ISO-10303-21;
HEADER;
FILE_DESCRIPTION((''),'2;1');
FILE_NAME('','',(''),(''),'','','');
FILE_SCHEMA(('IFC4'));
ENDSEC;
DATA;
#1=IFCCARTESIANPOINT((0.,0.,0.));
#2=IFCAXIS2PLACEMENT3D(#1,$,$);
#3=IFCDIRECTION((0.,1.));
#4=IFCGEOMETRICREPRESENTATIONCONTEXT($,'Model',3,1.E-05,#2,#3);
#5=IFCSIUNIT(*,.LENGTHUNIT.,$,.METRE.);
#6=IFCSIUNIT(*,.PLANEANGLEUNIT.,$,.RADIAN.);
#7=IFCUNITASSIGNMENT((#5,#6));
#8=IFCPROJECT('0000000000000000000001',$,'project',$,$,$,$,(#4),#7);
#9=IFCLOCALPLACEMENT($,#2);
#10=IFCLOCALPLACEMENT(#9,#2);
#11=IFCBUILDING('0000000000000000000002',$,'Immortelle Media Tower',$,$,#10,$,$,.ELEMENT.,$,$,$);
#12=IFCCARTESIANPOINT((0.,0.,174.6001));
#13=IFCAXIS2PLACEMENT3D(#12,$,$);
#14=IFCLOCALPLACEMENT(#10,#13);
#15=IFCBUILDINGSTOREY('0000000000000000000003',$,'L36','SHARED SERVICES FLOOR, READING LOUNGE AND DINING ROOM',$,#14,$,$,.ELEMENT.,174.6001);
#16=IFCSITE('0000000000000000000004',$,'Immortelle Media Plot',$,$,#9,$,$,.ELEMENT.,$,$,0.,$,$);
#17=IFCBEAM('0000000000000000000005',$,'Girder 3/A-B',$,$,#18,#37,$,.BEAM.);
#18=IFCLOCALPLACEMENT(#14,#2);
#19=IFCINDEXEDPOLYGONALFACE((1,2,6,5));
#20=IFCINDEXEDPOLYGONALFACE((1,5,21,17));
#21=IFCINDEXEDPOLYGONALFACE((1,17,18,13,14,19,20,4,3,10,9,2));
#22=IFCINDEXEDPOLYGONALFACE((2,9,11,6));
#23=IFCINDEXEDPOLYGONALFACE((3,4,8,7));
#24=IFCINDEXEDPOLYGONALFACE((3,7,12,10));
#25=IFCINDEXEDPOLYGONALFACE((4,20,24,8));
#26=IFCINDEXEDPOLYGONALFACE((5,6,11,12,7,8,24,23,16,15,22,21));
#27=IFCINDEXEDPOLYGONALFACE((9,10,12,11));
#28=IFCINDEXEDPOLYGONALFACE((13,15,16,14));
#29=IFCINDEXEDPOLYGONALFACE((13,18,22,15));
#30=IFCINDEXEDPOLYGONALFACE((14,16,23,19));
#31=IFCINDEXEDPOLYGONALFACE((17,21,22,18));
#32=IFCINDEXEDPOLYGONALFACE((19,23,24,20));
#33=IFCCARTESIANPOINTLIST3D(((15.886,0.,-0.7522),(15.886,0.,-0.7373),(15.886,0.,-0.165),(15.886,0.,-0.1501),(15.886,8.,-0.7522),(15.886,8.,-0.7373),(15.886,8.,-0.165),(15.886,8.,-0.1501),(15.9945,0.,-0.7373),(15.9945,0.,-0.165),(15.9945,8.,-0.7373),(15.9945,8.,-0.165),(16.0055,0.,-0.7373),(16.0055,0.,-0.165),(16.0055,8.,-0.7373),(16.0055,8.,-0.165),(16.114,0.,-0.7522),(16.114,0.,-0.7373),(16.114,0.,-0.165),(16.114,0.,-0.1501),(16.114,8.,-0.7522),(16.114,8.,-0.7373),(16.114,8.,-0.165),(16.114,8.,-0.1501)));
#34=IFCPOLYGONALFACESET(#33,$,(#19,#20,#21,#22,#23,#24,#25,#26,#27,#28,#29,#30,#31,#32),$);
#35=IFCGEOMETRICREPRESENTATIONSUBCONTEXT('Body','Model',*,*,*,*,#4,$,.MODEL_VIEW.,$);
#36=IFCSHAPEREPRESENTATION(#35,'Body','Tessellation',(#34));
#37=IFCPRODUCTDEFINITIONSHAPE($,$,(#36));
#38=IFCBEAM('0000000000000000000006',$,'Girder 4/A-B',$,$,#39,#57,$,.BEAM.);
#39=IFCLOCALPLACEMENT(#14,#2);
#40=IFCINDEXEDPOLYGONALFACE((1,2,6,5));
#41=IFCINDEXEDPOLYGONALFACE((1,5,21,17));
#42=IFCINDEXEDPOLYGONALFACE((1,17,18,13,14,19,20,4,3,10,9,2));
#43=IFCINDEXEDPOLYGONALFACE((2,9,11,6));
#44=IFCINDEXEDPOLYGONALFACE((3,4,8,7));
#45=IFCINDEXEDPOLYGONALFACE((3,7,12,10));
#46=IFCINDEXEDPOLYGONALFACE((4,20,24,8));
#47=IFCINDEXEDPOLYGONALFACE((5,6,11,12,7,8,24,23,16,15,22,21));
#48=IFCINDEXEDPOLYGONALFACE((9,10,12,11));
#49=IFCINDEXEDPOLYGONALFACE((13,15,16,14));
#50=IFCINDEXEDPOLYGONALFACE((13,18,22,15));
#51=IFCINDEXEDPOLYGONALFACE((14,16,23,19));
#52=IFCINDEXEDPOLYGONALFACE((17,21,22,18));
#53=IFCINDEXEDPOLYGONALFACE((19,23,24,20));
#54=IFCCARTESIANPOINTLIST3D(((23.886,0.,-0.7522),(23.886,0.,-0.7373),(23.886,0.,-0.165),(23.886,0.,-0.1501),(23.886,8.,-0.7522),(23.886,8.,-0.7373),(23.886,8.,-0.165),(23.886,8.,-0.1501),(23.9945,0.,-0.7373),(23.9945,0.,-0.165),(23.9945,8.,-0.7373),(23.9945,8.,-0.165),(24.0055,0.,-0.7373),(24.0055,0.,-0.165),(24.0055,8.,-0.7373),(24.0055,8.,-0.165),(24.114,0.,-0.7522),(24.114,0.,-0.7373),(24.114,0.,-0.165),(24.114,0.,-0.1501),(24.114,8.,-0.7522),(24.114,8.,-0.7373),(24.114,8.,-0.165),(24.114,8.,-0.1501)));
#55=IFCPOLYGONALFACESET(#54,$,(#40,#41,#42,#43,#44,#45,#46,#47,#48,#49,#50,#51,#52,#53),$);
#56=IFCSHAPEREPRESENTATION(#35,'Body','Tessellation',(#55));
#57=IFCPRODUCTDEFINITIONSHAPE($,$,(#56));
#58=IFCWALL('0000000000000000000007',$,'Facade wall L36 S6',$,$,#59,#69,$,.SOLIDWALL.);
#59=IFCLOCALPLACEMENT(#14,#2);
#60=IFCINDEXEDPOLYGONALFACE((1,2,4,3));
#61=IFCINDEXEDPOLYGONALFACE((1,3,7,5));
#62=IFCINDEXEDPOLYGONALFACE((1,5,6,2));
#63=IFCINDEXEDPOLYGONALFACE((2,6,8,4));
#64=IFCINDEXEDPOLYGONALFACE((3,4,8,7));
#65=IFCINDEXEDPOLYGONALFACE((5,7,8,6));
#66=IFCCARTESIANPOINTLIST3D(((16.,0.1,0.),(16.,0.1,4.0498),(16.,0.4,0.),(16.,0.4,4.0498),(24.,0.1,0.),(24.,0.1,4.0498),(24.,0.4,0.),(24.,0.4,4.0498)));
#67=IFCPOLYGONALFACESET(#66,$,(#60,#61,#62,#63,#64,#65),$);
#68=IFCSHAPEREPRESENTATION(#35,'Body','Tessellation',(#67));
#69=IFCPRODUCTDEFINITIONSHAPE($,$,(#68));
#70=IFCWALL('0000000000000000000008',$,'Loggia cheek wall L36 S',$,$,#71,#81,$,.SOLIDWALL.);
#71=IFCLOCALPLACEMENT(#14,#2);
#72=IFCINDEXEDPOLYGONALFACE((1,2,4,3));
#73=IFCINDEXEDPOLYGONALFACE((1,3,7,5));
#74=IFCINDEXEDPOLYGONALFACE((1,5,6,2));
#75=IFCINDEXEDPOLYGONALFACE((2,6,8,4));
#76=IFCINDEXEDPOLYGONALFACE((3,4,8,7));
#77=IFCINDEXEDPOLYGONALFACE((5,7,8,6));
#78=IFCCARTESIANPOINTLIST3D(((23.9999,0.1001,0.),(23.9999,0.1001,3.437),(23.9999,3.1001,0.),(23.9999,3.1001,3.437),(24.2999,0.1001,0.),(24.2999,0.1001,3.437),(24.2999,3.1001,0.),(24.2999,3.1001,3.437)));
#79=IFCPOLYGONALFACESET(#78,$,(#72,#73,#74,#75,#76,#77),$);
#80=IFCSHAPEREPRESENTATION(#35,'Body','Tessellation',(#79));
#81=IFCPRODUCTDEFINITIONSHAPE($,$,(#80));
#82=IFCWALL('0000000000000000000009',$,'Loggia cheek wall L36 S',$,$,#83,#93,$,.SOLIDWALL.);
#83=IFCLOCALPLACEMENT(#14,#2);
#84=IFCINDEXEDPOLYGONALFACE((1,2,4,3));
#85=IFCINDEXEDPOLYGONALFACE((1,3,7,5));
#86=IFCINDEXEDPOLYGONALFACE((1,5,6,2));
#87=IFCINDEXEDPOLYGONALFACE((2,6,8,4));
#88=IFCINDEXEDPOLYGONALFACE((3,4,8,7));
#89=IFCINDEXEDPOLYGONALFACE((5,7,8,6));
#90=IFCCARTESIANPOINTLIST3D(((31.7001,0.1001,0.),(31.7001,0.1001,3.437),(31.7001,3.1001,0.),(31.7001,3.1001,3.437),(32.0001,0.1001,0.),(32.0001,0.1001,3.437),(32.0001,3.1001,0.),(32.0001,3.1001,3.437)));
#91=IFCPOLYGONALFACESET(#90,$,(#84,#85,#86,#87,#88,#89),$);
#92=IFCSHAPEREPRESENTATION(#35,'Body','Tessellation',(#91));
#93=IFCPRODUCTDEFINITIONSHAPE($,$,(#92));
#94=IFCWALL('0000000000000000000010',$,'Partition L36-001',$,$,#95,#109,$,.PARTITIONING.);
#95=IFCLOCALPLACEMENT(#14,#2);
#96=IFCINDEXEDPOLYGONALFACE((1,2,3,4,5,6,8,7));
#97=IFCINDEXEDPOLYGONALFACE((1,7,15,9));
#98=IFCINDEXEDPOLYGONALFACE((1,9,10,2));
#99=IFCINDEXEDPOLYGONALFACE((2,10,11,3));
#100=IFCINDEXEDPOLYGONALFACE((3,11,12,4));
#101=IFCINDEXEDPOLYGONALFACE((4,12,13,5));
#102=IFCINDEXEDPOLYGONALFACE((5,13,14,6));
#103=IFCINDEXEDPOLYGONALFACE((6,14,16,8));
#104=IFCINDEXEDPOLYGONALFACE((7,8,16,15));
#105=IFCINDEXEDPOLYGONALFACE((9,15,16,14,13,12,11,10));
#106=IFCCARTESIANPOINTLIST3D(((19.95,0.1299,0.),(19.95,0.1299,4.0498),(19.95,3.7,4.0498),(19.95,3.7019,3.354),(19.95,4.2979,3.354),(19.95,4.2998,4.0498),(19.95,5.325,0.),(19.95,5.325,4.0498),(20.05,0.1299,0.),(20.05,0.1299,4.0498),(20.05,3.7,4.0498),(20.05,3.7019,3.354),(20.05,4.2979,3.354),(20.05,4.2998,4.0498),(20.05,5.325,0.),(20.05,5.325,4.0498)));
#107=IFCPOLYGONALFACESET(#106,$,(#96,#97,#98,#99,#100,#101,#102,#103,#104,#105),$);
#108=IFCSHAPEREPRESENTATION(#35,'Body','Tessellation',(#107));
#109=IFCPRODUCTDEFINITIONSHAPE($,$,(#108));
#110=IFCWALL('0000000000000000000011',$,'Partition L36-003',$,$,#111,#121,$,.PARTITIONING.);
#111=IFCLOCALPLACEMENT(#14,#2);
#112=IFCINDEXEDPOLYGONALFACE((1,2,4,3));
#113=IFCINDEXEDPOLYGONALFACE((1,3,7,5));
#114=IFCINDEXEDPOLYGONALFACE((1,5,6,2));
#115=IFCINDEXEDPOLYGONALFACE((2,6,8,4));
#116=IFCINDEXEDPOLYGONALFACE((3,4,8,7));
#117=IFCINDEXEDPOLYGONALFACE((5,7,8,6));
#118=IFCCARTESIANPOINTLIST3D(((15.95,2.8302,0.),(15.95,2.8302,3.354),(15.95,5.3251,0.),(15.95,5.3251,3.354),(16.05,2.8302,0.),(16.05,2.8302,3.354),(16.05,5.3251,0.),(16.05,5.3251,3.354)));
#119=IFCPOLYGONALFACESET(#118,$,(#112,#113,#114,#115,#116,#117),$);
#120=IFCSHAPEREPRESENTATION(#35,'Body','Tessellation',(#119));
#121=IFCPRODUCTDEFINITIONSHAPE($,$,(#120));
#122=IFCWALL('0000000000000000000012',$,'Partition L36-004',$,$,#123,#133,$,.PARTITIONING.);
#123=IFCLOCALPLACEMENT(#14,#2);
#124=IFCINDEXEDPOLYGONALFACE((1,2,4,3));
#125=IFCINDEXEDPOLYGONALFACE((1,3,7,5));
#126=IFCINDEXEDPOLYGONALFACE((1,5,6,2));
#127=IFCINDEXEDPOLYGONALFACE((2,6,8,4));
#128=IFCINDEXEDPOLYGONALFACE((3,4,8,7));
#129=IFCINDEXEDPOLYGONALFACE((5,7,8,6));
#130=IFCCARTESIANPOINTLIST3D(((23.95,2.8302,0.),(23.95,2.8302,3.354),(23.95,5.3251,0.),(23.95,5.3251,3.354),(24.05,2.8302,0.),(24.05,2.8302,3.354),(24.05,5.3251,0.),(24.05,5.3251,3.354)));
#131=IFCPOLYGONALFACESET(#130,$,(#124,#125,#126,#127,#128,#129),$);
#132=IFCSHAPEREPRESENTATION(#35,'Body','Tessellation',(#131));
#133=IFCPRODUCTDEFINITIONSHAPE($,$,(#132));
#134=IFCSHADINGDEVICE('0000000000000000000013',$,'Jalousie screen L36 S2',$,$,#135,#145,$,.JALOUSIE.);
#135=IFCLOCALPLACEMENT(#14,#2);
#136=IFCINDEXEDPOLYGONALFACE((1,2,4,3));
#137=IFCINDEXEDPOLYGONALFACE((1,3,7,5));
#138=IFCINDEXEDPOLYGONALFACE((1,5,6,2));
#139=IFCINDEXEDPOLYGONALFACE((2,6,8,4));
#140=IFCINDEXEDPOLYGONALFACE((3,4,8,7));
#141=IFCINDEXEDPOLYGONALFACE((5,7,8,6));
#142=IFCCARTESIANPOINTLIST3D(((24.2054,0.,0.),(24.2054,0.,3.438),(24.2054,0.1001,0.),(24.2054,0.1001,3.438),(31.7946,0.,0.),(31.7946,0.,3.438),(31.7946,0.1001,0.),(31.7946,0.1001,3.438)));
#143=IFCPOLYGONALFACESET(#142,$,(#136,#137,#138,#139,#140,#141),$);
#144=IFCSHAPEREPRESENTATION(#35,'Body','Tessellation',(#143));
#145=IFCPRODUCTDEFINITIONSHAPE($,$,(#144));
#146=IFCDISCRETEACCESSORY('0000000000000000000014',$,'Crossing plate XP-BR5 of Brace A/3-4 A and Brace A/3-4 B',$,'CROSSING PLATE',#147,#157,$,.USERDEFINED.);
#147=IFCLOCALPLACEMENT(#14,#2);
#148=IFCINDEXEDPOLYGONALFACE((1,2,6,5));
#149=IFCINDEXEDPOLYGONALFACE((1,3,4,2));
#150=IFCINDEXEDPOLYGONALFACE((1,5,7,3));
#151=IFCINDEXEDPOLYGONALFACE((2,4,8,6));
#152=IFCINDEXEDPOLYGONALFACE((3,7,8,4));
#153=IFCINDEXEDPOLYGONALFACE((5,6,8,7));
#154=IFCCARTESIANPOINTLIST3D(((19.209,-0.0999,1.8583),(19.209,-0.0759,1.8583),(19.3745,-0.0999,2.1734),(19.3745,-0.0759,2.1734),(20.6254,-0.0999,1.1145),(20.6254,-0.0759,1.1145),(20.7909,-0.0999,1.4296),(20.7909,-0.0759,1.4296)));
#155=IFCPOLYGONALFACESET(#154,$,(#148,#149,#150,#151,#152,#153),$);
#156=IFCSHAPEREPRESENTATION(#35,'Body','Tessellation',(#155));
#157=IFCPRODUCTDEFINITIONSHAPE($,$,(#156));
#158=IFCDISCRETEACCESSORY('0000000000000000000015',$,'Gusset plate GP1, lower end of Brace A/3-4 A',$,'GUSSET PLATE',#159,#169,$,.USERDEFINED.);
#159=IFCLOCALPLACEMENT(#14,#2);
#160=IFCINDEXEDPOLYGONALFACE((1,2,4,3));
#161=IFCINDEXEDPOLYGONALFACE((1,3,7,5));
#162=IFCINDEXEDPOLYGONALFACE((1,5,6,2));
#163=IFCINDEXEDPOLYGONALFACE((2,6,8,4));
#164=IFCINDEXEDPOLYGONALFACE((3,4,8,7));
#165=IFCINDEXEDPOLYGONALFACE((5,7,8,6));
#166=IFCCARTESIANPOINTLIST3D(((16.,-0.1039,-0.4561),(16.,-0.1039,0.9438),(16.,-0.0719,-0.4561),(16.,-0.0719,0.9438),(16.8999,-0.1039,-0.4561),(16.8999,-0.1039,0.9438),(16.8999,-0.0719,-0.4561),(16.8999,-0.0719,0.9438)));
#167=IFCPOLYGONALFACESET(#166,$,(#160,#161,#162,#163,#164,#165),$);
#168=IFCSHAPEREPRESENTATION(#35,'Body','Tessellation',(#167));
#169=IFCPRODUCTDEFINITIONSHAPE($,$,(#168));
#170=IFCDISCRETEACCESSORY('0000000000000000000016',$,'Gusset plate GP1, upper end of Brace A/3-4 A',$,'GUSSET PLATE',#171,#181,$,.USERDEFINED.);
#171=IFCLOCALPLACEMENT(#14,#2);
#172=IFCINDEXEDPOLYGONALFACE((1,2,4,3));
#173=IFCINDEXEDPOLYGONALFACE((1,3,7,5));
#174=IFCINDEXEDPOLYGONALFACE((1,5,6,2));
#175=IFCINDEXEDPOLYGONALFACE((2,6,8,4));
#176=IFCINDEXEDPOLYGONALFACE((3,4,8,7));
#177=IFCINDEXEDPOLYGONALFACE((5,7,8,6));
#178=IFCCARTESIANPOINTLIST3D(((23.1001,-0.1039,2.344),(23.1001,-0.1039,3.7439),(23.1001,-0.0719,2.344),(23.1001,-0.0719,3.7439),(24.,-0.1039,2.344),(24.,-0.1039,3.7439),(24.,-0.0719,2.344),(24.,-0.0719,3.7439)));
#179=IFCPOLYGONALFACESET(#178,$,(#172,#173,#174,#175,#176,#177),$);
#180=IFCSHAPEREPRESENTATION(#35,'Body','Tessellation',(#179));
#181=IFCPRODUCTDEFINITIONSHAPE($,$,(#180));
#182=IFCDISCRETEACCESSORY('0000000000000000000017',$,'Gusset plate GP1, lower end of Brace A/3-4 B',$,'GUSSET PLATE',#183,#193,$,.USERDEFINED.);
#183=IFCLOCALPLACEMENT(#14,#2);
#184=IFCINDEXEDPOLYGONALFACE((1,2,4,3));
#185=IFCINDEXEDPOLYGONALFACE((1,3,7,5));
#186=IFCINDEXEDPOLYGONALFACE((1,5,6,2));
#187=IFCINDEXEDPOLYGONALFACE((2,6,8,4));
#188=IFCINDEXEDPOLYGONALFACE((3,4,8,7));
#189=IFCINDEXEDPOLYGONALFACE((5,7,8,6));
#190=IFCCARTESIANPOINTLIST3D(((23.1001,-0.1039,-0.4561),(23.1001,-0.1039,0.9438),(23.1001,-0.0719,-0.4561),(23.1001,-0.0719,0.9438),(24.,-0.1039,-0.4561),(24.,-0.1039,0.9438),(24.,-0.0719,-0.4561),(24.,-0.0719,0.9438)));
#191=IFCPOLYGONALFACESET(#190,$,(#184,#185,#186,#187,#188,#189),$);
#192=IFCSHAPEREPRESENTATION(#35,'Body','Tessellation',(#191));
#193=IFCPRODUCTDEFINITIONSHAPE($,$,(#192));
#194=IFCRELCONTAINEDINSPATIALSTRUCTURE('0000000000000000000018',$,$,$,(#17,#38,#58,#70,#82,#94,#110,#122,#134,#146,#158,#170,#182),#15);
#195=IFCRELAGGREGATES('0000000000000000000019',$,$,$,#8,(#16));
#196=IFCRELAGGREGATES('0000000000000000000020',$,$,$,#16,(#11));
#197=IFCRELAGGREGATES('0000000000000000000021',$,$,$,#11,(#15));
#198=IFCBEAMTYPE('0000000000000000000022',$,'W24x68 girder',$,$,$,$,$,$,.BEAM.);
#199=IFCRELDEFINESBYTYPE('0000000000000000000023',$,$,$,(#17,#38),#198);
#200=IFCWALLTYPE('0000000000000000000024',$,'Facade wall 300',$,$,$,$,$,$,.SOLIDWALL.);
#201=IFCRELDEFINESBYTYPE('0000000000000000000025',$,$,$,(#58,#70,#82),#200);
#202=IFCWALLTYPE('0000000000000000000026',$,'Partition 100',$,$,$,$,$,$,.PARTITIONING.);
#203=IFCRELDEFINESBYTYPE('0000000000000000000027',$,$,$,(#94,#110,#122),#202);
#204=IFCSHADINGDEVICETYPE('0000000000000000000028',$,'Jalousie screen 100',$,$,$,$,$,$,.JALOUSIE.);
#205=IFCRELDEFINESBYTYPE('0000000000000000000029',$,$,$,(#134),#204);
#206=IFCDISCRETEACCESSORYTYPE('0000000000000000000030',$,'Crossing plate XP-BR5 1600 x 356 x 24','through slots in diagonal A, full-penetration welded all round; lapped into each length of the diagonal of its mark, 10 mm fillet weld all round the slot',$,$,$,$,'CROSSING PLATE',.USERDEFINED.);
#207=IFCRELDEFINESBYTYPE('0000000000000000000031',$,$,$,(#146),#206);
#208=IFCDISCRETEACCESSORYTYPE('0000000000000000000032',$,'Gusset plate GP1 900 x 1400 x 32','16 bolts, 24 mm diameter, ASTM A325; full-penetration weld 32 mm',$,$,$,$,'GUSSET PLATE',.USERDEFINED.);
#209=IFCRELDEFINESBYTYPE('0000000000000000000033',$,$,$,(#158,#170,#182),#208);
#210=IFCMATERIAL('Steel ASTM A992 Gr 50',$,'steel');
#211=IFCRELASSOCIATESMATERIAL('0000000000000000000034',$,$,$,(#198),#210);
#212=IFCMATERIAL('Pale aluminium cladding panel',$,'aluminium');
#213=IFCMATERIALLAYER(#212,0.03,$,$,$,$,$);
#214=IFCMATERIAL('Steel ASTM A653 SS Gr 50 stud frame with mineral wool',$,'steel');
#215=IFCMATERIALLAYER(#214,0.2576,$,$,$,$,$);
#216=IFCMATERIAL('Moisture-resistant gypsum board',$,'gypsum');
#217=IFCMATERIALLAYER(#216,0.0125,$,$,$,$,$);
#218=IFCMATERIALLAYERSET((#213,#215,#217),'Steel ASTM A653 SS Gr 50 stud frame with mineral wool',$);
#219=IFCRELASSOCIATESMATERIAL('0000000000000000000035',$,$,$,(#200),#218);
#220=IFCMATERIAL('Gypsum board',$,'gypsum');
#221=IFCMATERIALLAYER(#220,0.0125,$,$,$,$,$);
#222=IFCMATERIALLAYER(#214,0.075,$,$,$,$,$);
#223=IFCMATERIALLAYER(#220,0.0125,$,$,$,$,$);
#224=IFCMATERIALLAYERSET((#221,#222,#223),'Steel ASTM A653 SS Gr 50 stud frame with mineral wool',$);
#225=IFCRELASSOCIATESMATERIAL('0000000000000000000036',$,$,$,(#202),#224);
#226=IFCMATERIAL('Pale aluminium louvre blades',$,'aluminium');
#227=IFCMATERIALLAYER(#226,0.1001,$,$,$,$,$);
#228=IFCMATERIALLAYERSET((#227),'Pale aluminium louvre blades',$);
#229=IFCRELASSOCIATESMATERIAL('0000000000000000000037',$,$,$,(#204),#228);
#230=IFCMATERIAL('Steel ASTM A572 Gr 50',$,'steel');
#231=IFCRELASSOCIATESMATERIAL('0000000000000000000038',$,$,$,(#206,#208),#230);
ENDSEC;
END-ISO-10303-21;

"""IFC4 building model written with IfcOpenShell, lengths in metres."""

from ifc_helpers import new_model, si_unit, direction, frame, frame_2d, origin, origin_2d, place, context, subcontext, project, spatial, polyline, rectangle, i_section, outline, extrude, material, layer, layer_set, material_profile, profile_set, type_object, element, save


model = new_model("IFC4")

# Units and contexts
model_context = context("Model", 3, precision=1e-05, world=origin(), true_north=direction((0.0, 1.0)))
body_context = subcontext(model_context, "Body", "Model", "MODEL_VIEW")
ifc_project = project(units=[si_unit("LENGTHUNIT", "METRE"), si_unit("PLANEANGLEUNIT", "RADIAN")], contexts=[model_context])

# Site, building, storey
site_placement = place(None, origin())
site = spatial("IfcSite", under=ifc_project, at=site_placement, Name="Immortelle Media Plot", CompositionType="ELEMENT", RefElevation=0.0)
building_placement = place(site_placement, origin())
building = spatial("IfcBuilding", under=site, at=building_placement, Name="Immortelle Media Tower", CompositionType="ELEMENT")
storey_placement = place(building_placement, frame((0.0, 0.0, 174.6001)))
storey = spatial("IfcBuildingStorey", under=building, at=storey_placement, Name="L36", Description="SHARED SERVICES FLOOR, READING LOUNGE AND DINING ROOM", CompositionType="ELEMENT", Elevation=174.6001)

# Shared definitions
ifc_material_1 = material(Name="Steel ASTM A992 Gr 50", Category="steel")

# Beams
ifc_material_profile_1 = material_profile(ifc_material_1, i_section(OverallWidth=0.228, OverallDepth=0.6021, WebThickness=0.011, FlangeThickness=0.0149, at=origin_2d()), Name="W24x68")
ifc_profile_set_1 = profile_set([ifc_material_profile_1], Name="Steel ASTM A992 Gr 50")
beam_type_1 = type_object("IfcBeamType", Name="W24x68 girder", PredefinedType="BEAM", material=ifc_profile_set_1)
for number, where, z_axis, x_axis, name in (
    (1, (16.0, 0.0, -0.4512), (0.0, 1.0, 0.0), (-1.0, 0.0, 0.0), "Girder 3/A-B"),
    (2, (24.0, 0.0, -0.4512), (0.0, 1.0, 0.0), (-1.0, 0.0, 0.0), "Girder 4/A-B"),
):
    element("IfcBeam", number, at=place(storey_placement, frame(where, z_axis=z_axis, x_axis=x_axis)), inside=storey, type_object=beam_type_1, Name=name, PredefinedType="BEAM", context=body_context, shape_type="SweptSolid", body=[
        extrude(i_section(OverallWidth=0.228, OverallDepth=0.6021, WebThickness=0.011, FlangeThickness=0.0149, at=origin_2d()), origin(), (0.0, 0.0, 1.0), 8.0),
    ])

# Wall
ifc_material_2 = material(Name="Pale aluminium cladding panel", Category="aluminium")
ifc_layer_1 = layer(ifc_material_2, 0.03)
ifc_material_3 = material(Name="Steel ASTM A653 SS Gr 50 stud frame with mineral wool", Category="steel")
ifc_layer_2 = layer(ifc_material_3, 0.2576)
ifc_material_4 = material(Name="Moisture-resistant gypsum board", Category="gypsum")
ifc_layer_3 = layer(ifc_material_4, 0.0125)
ifc_layer_set_1 = layer_set([ifc_layer_1, ifc_layer_2, ifc_layer_3], Name="Steel ASTM A653 SS Gr 50 stud frame with mineral wool")
wall_type_1 = type_object("IfcWallType", Name="Facade wall 300", PredefinedType="SOLIDWALL", material=ifc_layer_set_1)
wall_1_placement = place(storey_placement, frame((16.0, 0.25, 0.0), z_axis=(0.0, 0.0, 1.0), x_axis=(1.0, 0.0, 0.0)))
element("IfcWall", 3, at=wall_1_placement, inside=storey, type_object=wall_type_1, Name="Facade wall L36 S6", PredefinedType="SOLIDWALL", context=body_context, shape_type="SweptSolid", body=[
    extrude(rectangle(XDim=8.0, YDim=0.3, at=frame_2d((4.0, 0.0))), origin(), (0.0, 0.0, 1.0), 4.0498),
])

# Walls
for number, where, z_axis, x_axis, name in (
    (4, (24.1499, 0.1001, 0.0), (0.0, 0.0, 1.0), (0.0, 1.0, 0.0), "Loggia cheek wall L36 S"),
    (5, (31.8501, 0.1001, 0.0), (0.0, 0.0, 1.0), (0.0, 1.0, 0.0), "Loggia cheek wall L36 S"),
):
    element("IfcWall", number, at=place(storey_placement, frame(where, z_axis=z_axis, x_axis=x_axis)), inside=storey, type_object=wall_type_1, Name=name, PredefinedType="SOLIDWALL", context=body_context, shape_type="SweptSolid", body=[
        extrude(rectangle(XDim=3.0, YDim=0.3, at=frame_2d((1.5, 0.0))), origin(), (0.0, 0.0, 1.0), 3.437),
    ])
ifc_material_5 = material(Name="Gypsum board", Category="gypsum")
ifc_layer_4 = layer(ifc_material_5, 0.0125)
ifc_layer_5 = layer(ifc_material_3, 0.075)
ifc_layer_6 = layer(ifc_material_5, 0.0125)
ifc_layer_set_2 = layer_set([ifc_layer_4, ifc_layer_5, ifc_layer_6], Name="Steel ASTM A653 SS Gr 50 stud frame with mineral wool")
wall_type_2 = type_object("IfcWallType", Name="Partition 100", PredefinedType="PARTITIONING", material=ifc_layer_set_2)
wall_2_placement = place(storey_placement, frame((20.0, 0.1299, 0.0), z_axis=(0.0, 0.0, 1.0), x_axis=(0.0, 1.0, 0.0)))
element("IfcWall", 6, at=wall_2_placement, inside=storey, type_object=wall_type_2, Name="Partition L36-001", PredefinedType="PARTITIONING", context=body_context, shape_type="SweptSolid", body=[
    extrude(outline(polyline([(0.0, 0.0), (5.1951, 0.0), (5.1951, 4.0498), (4.1699, 4.0498), (4.168, 3.354), (3.572, 3.354), (3.5701, 4.0498), (0.0, 4.0498), (0.0, 0.0)])), frame((0.0, 0.05, 0.0), z_axis=(0.0, -1.0, 0.0), x_axis=(1.0, 0.0, 0.0)), (0.0, 0.0, 1.0), 0.1001),
])
for number, where, z_axis, x_axis, name in (
    (7, (16.0, 2.8301, 0.0), (0.0, 0.0, 1.0), (0.0, 1.0, 0.0), "Partition L36-003"),
    (8, (24.0, 2.8301, 0.0), (0.0, 0.0, 1.0), (0.0, 1.0, 0.0), "Partition L36-004"),
):
    element("IfcWall", number, at=place(storey_placement, frame(where, z_axis=z_axis, x_axis=x_axis)), inside=storey, type_object=wall_type_2, Name=name, PredefinedType="PARTITIONING", context=body_context, shape_type="SweptSolid", body=[
        extrude(rectangle(XDim=2.4949, YDim=0.1001, at=frame_2d((1.2476, 0.0))), origin(), (0.0, 0.0, 1.0), 3.354),
    ])

# Shading device
ifc_material_6 = material(Name="Pale aluminium louvre blades", Category="aluminium")
ifc_layer_7 = layer(ifc_material_6, 0.1001)
ifc_layer_set_3 = layer_set([ifc_layer_7], Name="Pale aluminium louvre blades")
shading_device_type = type_object("IfcShadingDeviceType", Name="Jalousie screen 100", PredefinedType="JALOUSIE", material=ifc_layer_set_3)
shading_device_placement = place(storey_placement, frame((28.0, 0.05, 0.0), z_axis=(0.0, 0.0, 1.0), x_axis=(1.0, 0.0, 0.0)))
element("IfcShadingDevice", 9, at=shading_device_placement, inside=storey, type_object=shading_device_type, Name="Jalousie screen L36 S2", PredefinedType="JALOUSIE", context=body_context, shape_type="SweptSolid", body=[
    extrude(rectangle(XDim=7.5891, YDim=0.1001, at=origin_2d()), origin(), (0.0, 0.0, 1.0), 3.438),
])

# Discrete accessories
ifc_material_7 = material(Name="Steel ASTM A572 Gr 50", Category="steel")
ifc_material_profile_2 = material_profile(ifc_material_7, rectangle(XDim=0.0239, YDim=0.356, at=origin_2d()), Name="PL 24 x 356")
ifc_profile_set_2 = profile_set([ifc_material_profile_2], Name="Steel ASTM A572 Gr 50")
discrete_accessory_type_1 = type_object("IfcDiscreteAccessoryType", Name="Crossing plate XP-BR5 1600 x 356 x 24", Description="through slots in diagonal A, full-penetration welded all round; lapped into each length of the diagonal of its mark, 10 mm fillet weld all round the slot", ElementType="CROSSING PLATE", PredefinedType="USERDEFINED", material=ifc_profile_set_2)
discrete_accessory_placement = place(storey_placement, frame((19.2917, -0.0879, 2.0159), z_axis=(0.885338, 0.0, -0.464948), x_axis=(0.0, 1.0, 0.0)))
element("IfcDiscreteAccessory", 10, at=discrete_accessory_placement, inside=storey, type_object=discrete_accessory_type_1, Name="Crossing plate XP-BR5 of Brace A/3-4 A and Brace A/3-4 B", ObjectType="CROSSING PLATE", PredefinedType="USERDEFINED", context=body_context, shape_type="SweptSolid", body=[
    extrude(rectangle(XDim=0.0239, YDim=0.356, at=origin_2d()), origin(), (0.0, 0.0, 1.0), 1.5999),
])
ifc_material_profile_3 = material_profile(ifc_material_7, rectangle(XDim=0.032, YDim=1.3999, at=origin_2d()), Name="PL 32 x 1400")
ifc_profile_set_3 = profile_set([ifc_material_profile_3], Name="Steel ASTM A572 Gr 50")
discrete_accessory_type_2 = type_object("IfcDiscreteAccessoryType", Name="Gusset plate GP1 900 x 1400 x 32", Description="16 bolts, 24 mm diameter, ASTM A325; full-penetration weld 32 mm", ElementType="GUSSET PLATE", PredefinedType="USERDEFINED", material=ifc_profile_set_3)
for number, where, z_axis, x_axis, name in (
    (11, (16.0, -0.0879, 0.2439), (1.0, 0.0, 0.0), (0.0, 1.0, 0.0), "Gusset plate GP1, lower end of Brace A/3-4 A"),
    (12, (24.0, -0.0879, 3.0439), (-1.0, 0.0, 0.0), (0.0, -1.0, 0.0), "Gusset plate GP1, upper end of Brace A/3-4 A"),
    (13, (24.0, -0.0879, 0.2439), (-1.0, 0.0, 0.0), (0.0, -1.0, 0.0), "Gusset plate GP1, lower end of Brace A/3-4 B"),
):
    element("IfcDiscreteAccessory", number, at=place(storey_placement, frame(where, z_axis=z_axis, x_axis=x_axis)), inside=storey, type_object=discrete_accessory_type_2, Name=name, ObjectType="GUSSET PLATE", PredefinedType="USERDEFINED", context=body_context, shape_type="SweptSolid", body=[
        extrude(rectangle(XDim=0.032, YDim=1.3999, at=origin_2d()), origin(), (0.0, 0.0, 1.0), 0.8999),
    ])

save(model, "model.ifc")
